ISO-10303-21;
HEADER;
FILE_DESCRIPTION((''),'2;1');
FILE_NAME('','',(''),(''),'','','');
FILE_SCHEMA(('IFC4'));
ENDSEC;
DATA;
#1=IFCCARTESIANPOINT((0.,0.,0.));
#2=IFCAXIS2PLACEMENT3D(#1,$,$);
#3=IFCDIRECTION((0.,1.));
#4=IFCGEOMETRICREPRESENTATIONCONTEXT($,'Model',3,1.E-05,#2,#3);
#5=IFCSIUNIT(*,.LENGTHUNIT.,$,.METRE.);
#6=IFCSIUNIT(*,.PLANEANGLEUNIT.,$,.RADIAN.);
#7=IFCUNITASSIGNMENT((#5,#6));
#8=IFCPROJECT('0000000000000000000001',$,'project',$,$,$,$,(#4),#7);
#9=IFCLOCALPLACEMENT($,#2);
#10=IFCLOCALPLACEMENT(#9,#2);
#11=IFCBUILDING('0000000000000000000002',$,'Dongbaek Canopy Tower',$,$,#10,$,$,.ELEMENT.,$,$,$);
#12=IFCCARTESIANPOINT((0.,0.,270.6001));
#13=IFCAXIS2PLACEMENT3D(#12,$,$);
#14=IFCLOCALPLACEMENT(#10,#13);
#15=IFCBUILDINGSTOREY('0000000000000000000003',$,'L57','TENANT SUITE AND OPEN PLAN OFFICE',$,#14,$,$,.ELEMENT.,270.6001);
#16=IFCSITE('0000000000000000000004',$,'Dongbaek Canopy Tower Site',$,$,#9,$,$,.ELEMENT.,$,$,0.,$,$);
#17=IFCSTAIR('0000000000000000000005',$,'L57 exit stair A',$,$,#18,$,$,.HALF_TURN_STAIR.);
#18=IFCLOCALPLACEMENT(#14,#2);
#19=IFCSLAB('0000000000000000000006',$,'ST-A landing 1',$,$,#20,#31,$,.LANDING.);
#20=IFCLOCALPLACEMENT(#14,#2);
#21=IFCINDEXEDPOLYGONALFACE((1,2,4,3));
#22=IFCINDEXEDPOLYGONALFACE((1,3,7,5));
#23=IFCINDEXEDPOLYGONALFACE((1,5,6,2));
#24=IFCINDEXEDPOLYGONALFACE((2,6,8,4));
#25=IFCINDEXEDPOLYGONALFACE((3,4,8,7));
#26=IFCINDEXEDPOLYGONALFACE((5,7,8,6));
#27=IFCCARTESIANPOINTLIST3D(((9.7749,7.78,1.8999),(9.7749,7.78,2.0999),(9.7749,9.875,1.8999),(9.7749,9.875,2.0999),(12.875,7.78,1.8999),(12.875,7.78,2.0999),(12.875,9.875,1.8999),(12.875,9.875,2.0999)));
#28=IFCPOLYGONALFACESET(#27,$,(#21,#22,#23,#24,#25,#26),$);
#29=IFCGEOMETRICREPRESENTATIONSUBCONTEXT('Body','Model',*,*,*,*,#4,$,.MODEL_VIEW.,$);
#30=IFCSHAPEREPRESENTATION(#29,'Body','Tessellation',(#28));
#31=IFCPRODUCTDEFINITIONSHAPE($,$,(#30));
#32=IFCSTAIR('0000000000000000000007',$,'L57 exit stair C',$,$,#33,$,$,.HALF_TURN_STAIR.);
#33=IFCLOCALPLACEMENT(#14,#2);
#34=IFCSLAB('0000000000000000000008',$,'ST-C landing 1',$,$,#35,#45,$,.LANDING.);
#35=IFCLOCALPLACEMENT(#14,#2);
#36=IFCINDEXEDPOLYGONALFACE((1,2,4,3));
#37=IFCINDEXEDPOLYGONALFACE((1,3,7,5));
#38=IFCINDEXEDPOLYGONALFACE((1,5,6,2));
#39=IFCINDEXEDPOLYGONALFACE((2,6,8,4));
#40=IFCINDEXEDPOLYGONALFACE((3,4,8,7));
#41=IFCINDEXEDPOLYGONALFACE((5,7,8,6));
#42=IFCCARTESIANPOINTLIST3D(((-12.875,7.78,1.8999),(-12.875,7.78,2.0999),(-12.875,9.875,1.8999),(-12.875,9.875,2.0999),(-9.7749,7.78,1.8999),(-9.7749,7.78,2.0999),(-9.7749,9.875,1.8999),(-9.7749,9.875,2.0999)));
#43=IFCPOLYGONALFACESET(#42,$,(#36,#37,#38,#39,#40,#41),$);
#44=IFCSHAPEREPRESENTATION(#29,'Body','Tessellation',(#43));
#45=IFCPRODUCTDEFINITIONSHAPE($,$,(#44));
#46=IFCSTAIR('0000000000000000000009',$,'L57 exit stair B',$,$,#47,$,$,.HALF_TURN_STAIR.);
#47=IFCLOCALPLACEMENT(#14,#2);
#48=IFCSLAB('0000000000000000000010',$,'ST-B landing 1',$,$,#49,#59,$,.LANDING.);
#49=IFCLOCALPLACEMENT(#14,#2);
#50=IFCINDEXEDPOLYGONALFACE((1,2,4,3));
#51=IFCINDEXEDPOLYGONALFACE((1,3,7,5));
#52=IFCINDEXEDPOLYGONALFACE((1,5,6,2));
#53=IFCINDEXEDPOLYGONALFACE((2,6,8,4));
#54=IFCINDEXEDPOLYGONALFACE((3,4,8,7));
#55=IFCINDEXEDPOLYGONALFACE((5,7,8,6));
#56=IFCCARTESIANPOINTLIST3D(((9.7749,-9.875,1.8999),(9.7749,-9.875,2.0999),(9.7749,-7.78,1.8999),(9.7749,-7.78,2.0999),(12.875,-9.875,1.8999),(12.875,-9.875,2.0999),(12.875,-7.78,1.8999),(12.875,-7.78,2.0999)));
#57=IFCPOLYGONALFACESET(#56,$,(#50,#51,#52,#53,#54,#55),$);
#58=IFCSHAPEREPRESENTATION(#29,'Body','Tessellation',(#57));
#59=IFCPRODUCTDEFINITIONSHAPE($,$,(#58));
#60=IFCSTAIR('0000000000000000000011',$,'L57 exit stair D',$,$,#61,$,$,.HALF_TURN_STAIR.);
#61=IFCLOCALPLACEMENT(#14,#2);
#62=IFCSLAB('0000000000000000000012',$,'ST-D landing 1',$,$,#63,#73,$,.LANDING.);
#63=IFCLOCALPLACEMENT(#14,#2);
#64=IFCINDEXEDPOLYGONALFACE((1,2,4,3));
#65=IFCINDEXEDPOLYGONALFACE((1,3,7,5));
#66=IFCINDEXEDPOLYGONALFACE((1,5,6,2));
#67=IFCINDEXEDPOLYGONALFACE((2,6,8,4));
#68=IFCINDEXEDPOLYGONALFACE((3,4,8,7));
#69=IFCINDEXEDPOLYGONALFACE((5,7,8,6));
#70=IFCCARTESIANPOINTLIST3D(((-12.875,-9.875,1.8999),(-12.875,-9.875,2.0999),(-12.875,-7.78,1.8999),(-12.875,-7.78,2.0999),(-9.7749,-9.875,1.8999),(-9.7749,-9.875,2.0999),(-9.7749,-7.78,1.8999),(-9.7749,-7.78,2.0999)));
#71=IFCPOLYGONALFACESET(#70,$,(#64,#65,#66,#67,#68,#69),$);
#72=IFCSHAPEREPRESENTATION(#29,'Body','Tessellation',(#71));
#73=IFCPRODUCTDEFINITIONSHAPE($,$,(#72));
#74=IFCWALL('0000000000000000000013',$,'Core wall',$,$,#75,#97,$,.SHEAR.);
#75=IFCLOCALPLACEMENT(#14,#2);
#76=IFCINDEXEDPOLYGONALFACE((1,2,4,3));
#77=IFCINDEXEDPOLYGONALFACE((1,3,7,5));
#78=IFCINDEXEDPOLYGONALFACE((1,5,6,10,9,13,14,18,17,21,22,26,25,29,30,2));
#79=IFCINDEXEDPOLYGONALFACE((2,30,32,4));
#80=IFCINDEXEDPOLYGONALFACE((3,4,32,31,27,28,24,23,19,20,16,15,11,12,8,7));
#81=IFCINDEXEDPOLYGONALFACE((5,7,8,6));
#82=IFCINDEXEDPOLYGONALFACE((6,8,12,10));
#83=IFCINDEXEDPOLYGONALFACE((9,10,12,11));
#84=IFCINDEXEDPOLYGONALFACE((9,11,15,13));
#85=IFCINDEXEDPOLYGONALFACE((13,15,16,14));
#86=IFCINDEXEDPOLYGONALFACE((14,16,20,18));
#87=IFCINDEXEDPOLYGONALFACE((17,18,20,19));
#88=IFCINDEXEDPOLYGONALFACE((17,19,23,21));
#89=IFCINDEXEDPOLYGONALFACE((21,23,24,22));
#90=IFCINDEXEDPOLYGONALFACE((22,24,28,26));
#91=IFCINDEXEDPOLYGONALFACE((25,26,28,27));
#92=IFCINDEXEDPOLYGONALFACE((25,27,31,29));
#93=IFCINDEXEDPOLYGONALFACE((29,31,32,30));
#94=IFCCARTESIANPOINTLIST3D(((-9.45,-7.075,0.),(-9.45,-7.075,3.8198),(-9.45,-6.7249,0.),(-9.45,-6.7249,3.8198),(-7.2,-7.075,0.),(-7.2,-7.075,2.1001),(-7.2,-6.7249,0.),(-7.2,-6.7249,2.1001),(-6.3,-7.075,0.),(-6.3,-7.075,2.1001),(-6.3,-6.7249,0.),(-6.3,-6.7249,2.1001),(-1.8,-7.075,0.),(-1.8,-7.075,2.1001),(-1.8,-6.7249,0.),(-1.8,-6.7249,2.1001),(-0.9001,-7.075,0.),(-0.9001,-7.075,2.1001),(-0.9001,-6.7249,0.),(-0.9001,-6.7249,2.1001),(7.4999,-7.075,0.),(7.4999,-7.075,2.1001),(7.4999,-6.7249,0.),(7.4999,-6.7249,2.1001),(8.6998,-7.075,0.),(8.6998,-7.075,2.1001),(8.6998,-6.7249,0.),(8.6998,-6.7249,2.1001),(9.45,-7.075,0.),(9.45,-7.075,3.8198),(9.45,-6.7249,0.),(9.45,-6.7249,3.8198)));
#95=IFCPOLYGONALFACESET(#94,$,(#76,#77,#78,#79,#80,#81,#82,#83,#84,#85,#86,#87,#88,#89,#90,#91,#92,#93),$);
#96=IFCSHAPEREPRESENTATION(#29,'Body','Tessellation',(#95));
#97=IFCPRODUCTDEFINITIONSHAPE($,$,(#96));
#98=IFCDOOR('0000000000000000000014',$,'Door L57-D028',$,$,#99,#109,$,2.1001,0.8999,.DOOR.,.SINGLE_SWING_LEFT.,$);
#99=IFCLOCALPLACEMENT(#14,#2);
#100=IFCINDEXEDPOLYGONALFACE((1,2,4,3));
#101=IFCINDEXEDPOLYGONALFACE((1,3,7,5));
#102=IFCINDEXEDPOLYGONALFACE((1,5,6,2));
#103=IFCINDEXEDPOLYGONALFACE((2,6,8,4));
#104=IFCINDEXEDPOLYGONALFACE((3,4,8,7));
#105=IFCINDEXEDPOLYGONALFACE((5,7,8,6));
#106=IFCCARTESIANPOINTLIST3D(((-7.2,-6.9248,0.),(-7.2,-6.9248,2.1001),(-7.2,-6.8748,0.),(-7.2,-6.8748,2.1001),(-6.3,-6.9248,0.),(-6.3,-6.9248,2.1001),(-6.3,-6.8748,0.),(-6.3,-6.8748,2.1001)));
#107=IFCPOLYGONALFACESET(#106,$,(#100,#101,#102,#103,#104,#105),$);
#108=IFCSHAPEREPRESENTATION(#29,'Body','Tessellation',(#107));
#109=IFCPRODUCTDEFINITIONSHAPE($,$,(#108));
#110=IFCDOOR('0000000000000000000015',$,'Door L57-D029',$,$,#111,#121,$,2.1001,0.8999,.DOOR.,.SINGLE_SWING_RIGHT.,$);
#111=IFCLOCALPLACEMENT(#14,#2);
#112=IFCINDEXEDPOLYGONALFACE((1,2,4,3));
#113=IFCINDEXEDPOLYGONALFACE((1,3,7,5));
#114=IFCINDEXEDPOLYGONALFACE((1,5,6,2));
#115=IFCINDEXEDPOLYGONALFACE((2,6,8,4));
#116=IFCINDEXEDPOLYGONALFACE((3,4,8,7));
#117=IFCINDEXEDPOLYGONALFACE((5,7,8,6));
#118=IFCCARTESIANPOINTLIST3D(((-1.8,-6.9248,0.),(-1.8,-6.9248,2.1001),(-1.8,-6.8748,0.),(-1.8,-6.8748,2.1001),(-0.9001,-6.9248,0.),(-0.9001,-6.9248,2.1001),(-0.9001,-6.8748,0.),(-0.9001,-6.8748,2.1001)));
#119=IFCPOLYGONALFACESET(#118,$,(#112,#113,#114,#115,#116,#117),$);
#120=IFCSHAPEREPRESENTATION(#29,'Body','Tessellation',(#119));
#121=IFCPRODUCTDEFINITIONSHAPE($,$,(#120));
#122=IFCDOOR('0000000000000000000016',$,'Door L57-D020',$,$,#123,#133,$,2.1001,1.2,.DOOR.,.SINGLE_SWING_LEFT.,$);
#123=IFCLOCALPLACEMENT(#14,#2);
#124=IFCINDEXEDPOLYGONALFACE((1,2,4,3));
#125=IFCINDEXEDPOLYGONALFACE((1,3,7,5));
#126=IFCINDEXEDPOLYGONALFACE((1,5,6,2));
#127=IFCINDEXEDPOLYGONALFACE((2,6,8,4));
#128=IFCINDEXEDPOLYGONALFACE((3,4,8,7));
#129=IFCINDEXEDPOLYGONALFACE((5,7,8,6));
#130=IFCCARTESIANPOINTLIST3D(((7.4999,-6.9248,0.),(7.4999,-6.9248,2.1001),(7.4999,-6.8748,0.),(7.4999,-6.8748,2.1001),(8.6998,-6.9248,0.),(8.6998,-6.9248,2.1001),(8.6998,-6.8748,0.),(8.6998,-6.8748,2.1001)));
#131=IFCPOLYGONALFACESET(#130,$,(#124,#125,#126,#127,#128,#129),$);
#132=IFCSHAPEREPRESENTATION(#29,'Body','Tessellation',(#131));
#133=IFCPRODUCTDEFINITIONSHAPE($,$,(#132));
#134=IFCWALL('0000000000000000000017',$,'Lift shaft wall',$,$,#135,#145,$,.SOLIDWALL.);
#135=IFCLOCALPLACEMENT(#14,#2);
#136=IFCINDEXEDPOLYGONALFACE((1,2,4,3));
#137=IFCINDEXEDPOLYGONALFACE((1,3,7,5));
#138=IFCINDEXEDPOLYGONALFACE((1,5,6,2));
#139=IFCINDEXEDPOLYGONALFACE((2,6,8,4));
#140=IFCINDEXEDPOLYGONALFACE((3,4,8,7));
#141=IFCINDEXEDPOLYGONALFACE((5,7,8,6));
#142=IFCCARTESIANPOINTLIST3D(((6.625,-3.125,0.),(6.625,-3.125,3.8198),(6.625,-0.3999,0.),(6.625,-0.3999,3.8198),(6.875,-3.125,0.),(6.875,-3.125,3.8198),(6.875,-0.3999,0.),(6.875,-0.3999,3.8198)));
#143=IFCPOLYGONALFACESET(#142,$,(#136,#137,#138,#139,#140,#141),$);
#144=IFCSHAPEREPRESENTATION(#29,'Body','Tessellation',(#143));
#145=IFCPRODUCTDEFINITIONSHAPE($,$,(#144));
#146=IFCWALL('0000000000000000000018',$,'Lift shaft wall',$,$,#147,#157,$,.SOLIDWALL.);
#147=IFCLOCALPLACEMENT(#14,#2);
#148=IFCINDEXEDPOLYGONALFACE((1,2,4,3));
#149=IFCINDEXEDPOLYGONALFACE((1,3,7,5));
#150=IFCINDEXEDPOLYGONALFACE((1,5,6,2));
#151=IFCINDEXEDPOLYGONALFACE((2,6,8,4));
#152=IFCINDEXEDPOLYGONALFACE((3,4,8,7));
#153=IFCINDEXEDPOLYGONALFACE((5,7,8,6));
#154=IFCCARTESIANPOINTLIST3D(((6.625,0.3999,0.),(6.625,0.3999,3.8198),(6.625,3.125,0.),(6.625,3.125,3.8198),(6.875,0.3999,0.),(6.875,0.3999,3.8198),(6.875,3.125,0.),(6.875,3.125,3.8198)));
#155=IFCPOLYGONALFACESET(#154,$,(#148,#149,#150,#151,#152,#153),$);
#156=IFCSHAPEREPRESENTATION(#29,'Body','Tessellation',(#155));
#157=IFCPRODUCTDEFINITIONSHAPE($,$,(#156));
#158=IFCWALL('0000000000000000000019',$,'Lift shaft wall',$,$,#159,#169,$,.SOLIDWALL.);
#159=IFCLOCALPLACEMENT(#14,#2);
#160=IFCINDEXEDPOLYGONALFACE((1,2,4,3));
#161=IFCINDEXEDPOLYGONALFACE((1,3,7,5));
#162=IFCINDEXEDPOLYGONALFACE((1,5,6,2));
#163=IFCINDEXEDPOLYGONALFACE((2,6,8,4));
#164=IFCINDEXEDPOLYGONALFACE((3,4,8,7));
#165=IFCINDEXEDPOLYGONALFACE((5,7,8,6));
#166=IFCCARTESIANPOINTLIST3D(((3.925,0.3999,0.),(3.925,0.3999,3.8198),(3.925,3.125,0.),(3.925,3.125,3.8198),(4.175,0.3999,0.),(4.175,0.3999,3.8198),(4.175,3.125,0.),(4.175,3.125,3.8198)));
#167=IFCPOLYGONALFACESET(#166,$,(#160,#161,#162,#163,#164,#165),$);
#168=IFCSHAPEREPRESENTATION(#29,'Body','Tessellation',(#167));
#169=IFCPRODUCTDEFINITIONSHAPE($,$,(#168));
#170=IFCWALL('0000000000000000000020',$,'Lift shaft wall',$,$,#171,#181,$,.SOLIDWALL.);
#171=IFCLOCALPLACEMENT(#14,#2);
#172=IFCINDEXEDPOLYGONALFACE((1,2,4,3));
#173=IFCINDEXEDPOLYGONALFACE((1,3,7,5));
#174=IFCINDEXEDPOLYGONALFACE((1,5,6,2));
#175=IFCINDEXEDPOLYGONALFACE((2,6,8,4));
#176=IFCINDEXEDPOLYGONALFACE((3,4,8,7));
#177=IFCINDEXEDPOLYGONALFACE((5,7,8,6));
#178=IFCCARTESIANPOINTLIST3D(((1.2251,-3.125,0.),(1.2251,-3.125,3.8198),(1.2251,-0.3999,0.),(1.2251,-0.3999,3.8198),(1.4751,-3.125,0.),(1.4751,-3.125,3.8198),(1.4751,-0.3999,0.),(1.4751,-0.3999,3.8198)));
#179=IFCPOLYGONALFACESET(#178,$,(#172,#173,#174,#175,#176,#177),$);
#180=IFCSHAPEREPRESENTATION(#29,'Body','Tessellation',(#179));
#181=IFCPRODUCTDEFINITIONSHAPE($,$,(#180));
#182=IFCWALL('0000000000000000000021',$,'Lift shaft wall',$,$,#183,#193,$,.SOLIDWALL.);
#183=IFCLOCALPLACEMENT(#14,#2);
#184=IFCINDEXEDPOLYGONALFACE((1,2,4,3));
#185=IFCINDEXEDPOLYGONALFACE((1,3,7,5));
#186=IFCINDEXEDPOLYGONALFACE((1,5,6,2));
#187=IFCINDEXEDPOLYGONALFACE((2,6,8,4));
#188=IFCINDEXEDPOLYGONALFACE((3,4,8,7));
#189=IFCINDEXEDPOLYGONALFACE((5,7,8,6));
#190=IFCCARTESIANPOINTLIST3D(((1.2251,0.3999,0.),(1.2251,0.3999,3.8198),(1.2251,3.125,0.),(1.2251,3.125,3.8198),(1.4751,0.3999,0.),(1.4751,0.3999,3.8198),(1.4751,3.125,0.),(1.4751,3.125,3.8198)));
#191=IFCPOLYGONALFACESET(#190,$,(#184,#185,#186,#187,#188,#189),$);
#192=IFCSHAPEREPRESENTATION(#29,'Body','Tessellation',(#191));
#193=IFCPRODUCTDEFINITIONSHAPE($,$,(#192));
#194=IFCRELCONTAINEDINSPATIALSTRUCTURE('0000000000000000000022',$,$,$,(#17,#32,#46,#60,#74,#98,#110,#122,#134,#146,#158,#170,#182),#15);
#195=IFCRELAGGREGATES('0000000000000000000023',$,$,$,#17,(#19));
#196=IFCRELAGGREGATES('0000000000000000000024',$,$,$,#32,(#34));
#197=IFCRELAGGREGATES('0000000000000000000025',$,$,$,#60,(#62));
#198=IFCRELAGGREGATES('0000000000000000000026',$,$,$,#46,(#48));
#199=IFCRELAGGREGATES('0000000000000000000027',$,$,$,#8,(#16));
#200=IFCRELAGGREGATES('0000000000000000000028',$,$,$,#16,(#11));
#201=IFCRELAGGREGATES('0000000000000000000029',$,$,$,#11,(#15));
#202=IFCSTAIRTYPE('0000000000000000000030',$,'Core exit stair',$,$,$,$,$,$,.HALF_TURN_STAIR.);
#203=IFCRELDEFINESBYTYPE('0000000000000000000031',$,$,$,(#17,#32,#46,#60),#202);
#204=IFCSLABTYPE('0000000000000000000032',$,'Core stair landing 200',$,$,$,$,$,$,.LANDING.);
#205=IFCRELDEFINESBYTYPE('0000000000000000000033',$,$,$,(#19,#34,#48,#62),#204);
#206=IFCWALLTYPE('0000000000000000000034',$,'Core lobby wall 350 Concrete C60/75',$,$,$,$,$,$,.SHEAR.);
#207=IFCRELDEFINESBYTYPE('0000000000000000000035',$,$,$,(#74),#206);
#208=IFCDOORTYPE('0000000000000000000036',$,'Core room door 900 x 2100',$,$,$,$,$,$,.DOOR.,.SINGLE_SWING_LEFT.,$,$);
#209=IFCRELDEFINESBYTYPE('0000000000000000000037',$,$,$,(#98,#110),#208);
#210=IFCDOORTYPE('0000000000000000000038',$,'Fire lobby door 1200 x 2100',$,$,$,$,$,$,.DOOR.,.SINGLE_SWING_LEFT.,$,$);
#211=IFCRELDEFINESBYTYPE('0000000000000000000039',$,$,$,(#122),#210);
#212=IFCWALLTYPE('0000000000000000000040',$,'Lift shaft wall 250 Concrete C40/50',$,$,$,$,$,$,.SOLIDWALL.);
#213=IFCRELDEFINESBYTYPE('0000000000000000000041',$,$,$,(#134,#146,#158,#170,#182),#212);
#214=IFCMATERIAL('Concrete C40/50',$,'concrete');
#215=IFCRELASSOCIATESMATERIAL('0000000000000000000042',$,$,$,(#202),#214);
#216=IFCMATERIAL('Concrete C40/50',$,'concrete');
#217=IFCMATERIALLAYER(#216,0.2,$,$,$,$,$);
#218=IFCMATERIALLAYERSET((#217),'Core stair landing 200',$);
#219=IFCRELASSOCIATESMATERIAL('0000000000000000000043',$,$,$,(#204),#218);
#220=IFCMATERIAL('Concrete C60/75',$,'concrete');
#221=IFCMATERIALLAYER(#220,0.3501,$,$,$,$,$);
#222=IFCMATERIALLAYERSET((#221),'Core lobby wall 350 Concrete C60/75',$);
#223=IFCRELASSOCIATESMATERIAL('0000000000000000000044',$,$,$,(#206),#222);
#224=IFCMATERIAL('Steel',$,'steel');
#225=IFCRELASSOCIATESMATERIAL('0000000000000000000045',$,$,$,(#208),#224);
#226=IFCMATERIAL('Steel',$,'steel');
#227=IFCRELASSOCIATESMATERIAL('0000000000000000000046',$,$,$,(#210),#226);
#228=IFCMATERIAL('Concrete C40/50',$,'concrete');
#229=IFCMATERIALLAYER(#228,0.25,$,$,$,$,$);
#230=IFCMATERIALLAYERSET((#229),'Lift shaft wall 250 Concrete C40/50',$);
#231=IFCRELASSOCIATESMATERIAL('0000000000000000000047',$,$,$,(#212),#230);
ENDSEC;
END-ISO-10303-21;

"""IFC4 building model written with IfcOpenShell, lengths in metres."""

from ifc_helpers import new_model, si_unit, direction, frame, frame_2d, origin, place, context, subcontext, project, spatial, polyline, rectangle, outline, extrude, material, layer, layer_set, type_object, element, fill, aggregate, save


model = new_model("IFC4")

# Units and contexts
model_context = context("Model", 3, precision=1e-05, world=origin(), true_north=direction((0.0, 1.0)))
body_context = subcontext(model_context, "Body", "Model", "MODEL_VIEW")
ifc_project = project(units=[si_unit("LENGTHUNIT", "METRE"), si_unit("PLANEANGLEUNIT", "RADIAN")], contexts=[model_context])

# Site, building, storey
site_placement = place(None, origin())
site = spatial("IfcSite", under=ifc_project, at=site_placement, Name="Dongbaek Canopy Tower Site", CompositionType="ELEMENT", RefElevation=0.0)
building_placement = place(site_placement, origin())
building = spatial("IfcBuilding", under=site, at=building_placement, Name="Dongbaek Canopy Tower", CompositionType="ELEMENT")
storey_placement = place(building_placement, frame((0.0, 0.0, 270.6001)))
storey = spatial("IfcBuildingStorey", under=building, at=storey_placement, Name="L57", Description="TENANT SUITE AND OPEN PLAN OFFICE", CompositionType="ELEMENT", Elevation=270.6001)

# Stairs, slabs
ifc_material_1 = material(Name="Concrete C40/50", Category="concrete")
stair_type = type_object("IfcStairType", Name="Core exit stair", PredefinedType="HALF_TURN_STAIR", material=ifc_material_1)
stair_1_placement = place(storey_placement, origin())
stair_1 = element("IfcStair", 1, at=stair_1_placement, inside=storey, type_object=stair_type, Name="L57 exit stair A", PredefinedType="HALF_TURN_STAIR")
ifc_material_2 = material(Name="Concrete C40/50", Category="concrete")
ifc_layer_1 = layer(ifc_material_2, 0.2)
ifc_layer_set_1 = layer_set([ifc_layer_1], Name="Core stair landing 200")
slab_type = type_object("IfcSlabType", Name="Core stair landing 200", PredefinedType="LANDING", material=ifc_layer_set_1)
slab_1_placement = place(storey_placement, frame((0.0, 0.0, 1.8999)))
slab_1 = element("IfcSlab", 2, at=slab_1_placement, type_object=slab_type, Name="ST-A landing 1", PredefinedType="LANDING", context=body_context, shape_type="SweptSolid", body=[
    extrude(outline(polyline([(12.875, 7.78), (12.875, 9.875), (9.7749, 9.875), (9.7749, 7.78), (12.875, 7.78)])), origin(), (0.0, 0.0, 1.0), 0.2),
])
aggregate(stair_1, [slab_1])
stair_2_placement = place(storey_placement, origin())
stair_2 = element("IfcStair", 3, at=stair_2_placement, inside=storey, type_object=stair_type, Name="L57 exit stair C", PredefinedType="HALF_TURN_STAIR")
slab_2_placement = place(storey_placement, frame((0.0, 0.0, 1.8999)))
slab_2 = element("IfcSlab", 4, at=slab_2_placement, type_object=slab_type, Name="ST-C landing 1", PredefinedType="LANDING", context=body_context, shape_type="SweptSolid", body=[
    extrude(outline(polyline([(-9.7749, 7.78), (-9.7749, 9.875), (-12.875, 9.875), (-12.875, 7.78), (-9.7749, 7.78)])), origin(), (0.0, 0.0, 1.0), 0.2),
])
aggregate(stair_2, [slab_2])
stair_3_placement = place(storey_placement, origin())
stair_3 = element("IfcStair", 5, at=stair_3_placement, inside=storey, type_object=stair_type, Name="L57 exit stair B", PredefinedType="HALF_TURN_STAIR")
slab_3_placement = place(storey_placement, frame((0.0, 0.0, 1.8999)))
slab_3 = element("IfcSlab", 6, at=slab_3_placement, type_object=slab_type, Name="ST-B landing 1", PredefinedType="LANDING", context=body_context, shape_type="SweptSolid", body=[
    extrude(outline(polyline([(9.7749, -7.78), (9.7749, -9.875), (12.875, -9.875), (12.875, -7.78), (9.7749, -7.78)])), origin(), (0.0, 0.0, 1.0), 0.2),
])
stair_4_placement = place(storey_placement, origin())
stair_4 = element("IfcStair", 7, at=stair_4_placement, inside=storey, type_object=stair_type, Name="L57 exit stair D", PredefinedType="HALF_TURN_STAIR")
slab_4_placement = place(storey_placement, frame((0.0, 0.0, 1.8999)))
slab_4 = element("IfcSlab", 8, at=slab_4_placement, type_object=slab_type, Name="ST-D landing 1", PredefinedType="LANDING", context=body_context, shape_type="SweptSolid", body=[
    extrude(outline(polyline([(-12.875, -7.78), (-12.875, -9.875), (-9.7749, -9.875), (-9.7749, -7.78), (-12.875, -7.78)])), origin(), (0.0, 0.0, 1.0), 0.2),
])
aggregate(stair_4, [slab_4])

# Wall, openings, doors
ifc_material_3 = material(Name="Concrete C60/75", Category="concrete")
ifc_layer_2 = layer(ifc_material_3, 0.3501)
ifc_layer_set_2 = layer_set([ifc_layer_2], Name="Core lobby wall 350 Concrete C60/75")
wall_type_1 = type_object("IfcWallType", Name="Core lobby wall 350 Concrete C60/75", PredefinedType="SHEAR", material=ifc_layer_set_2)
wall_1_placement = place(storey_placement, frame((9.45, -6.8999, 0.0), z_axis=(0.0, 0.0, 1.0), x_axis=(-1.0, 0.0, 0.0)))
wall_1 = element("IfcWall", 9, at=wall_1_placement, inside=storey, type_object=wall_type_1, Name="Core wall", PredefinedType="SHEAR", context=body_context, shape_type="SweptSolid", body=[
    extrude(rectangle(XDim=18.8999, YDim=0.3501, at=frame_2d((9.45, 0.0))), origin(), (0.0, 0.0, 1.0), 3.8198),
])
opening_1_placement = place(wall_1_placement, frame((0.75, 0.0, 0.0)))
opening_1 = element("IfcOpeningElement", 10, at=opening_1_placement, cuts=wall_1, PredefinedType="OPENING", context=body_context, shape_type="SweptSolid", body=[
    extrude(rectangle(XDim=1.2, YDim=2.1001, at=frame_2d((0.6001, 1.05))), frame((0.0, 0.1851, 0.0), z_axis=(0.0, -1.0, 0.0), x_axis=(1.0, 0.0, 0.0)), (0.0, 0.0, 1.0), 0.3701),
])
opening_2_placement = place(wall_1_placement, frame((15.75, 0.0, 0.0)))
opening_2 = element("IfcOpeningElement", 11, at=opening_2_placement, cuts=wall_1, PredefinedType="OPENING", context=body_context, shape_type="SweptSolid", body=[
    extrude(rectangle(XDim=0.8999, YDim=2.1001, at=frame_2d((0.45, 1.05))), frame((0.0, 0.1851, 0.0), z_axis=(0.0, -1.0, 0.0), x_axis=(1.0, 0.0, 0.0)), (0.0, 0.0, 1.0), 0.3701),
])
opening_3_placement = place(wall_1_placement, frame((10.3501, 0.0, 0.0)))
opening_3 = element("IfcOpeningElement", 12, at=opening_3_placement, cuts=wall_1, PredefinedType="OPENING", context=body_context, shape_type="SweptSolid", body=[
    extrude(rectangle(XDim=0.8999, YDim=2.1001, at=frame_2d((0.45, 1.05))), frame((0.0, 0.1851, 0.0), z_axis=(0.0, -1.0, 0.0), x_axis=(1.0, 0.0, 0.0)), (0.0, 0.0, 1.0), 0.3701),
])
ifc_material_4 = material(Name="Steel", Category="steel")
door_type_1 = type_object("IfcDoorType", Name="Core room door 900 x 2100", OperationType="SINGLE_SWING_LEFT", PredefinedType="DOOR", material=ifc_material_4)
door_1_placement = place(opening_2_placement, origin())
door_1 = element("IfcDoor", 13, at=door_1_placement, inside=storey, type_object=door_type_1, Name="Door L57-D028", OperationType="SINGLE_SWING_LEFT", OverallHeight=2.1001, OverallWidth=0.8999, PredefinedType="DOOR", context=body_context, shape_type="SweptSolid", body=[
    extrude(rectangle(XDim=0.8999, YDim=2.1001, at=frame_2d((0.45, 1.05))), frame((0.0, 0.0249, 0.0), z_axis=(0.0, -1.0, 0.0), x_axis=(1.0, 0.0, 0.0)), (0.0, 0.0, 1.0), 0.05),
])
fill(opening_2, door_1)
door_2_placement = place(opening_3_placement, origin())
door_2 = element("IfcDoor", 14, at=door_2_placement, inside=storey, type_object=door_type_1, Name="Door L57-D029", OperationType="SINGLE_SWING_RIGHT", OverallHeight=2.1001, OverallWidth=0.8999, PredefinedType="DOOR", context=body_context, shape_type="SweptSolid", body=[
    extrude(rectangle(XDim=0.8999, YDim=2.1001, at=frame_2d((0.45, 1.05))), frame((0.0, 0.0249, 0.0), z_axis=(0.0, -1.0, 0.0), x_axis=(1.0, 0.0, 0.0)), (0.0, 0.0, 1.0), 0.05),
])
fill(opening_3, door_2)
ifc_material_5 = material(Name="Steel", Category="steel")
door_type_2 = type_object("IfcDoorType", Name="Fire lobby door 1200 x 2100", OperationType="SINGLE_SWING_LEFT", PredefinedType="DOOR", material=ifc_material_5)
door_3_placement = place(opening_1_placement, origin())
door_3 = element("IfcDoor", 15, at=door_3_placement, inside=storey, type_object=door_type_2, Name="Door L57-D020", OperationType="SINGLE_SWING_LEFT", OverallHeight=2.1001, OverallWidth=1.2, PredefinedType="DOOR", context=body_context, shape_type="SweptSolid", body=[
    extrude(rectangle(XDim=1.2, YDim=2.1001, at=frame_2d((0.6001, 1.05))), frame((0.0, 0.0249, 0.0), z_axis=(0.0, -1.0, 0.0), x_axis=(1.0, 0.0, 0.0)), (0.0, 0.0, 1.0), 0.05),
])
fill(opening_1, door_3)

# Walls
ifc_material_6 = material(Name="Concrete C40/50", Category="concrete")
ifc_layer_3 = layer(ifc_material_6, 0.25)
ifc_layer_set_3 = layer_set([ifc_layer_3], Name="Lift shaft wall 250 Concrete C40/50")
wall_type_2 = type_object("IfcWallType", Name="Lift shaft wall 250 Concrete C40/50", PredefinedType="SOLIDWALL", material=ifc_layer_set_3)
for number, where, z_axis, x_axis, name in (
    (16, (6.75, -3.125, 0.0), (0.0, 0.0, 1.0), (0.0, 1.0, 0.0), "Lift shaft wall"),
    (17, (6.75, 0.3999, 0.0), (0.0, 0.0, 1.0), (0.0, 1.0, 0.0), "Lift shaft wall"),
    (18, (4.05, 0.3999, 0.0), (0.0, 0.0, 1.0), (0.0, 1.0, 0.0), "Lift shaft wall"),
    (19, (1.3501, -3.125, 0.0), (0.0, 0.0, 1.0), (0.0, 1.0, 0.0), "Lift shaft wall"),
    (20, (1.3501, 0.3999, 0.0), (0.0, 0.0, 1.0), (0.0, 1.0, 0.0), "Lift shaft wall"),
):
    element("IfcWall", number, at=place(storey_placement, frame(where, z_axis=z_axis, x_axis=x_axis)), inside=storey, type_object=wall_type_2, Name=name, PredefinedType="SOLIDWALL", context=body_context, shape_type="SweptSolid", body=[
        extrude(rectangle(XDim=2.7251, YDim=0.25, at=frame_2d((1.3625, 0.0))), origin(), (0.0, 0.0, 1.0), 3.8198),
    ])

aggregate(stair_3, [slab_3])

save(model, "model.ifc")
